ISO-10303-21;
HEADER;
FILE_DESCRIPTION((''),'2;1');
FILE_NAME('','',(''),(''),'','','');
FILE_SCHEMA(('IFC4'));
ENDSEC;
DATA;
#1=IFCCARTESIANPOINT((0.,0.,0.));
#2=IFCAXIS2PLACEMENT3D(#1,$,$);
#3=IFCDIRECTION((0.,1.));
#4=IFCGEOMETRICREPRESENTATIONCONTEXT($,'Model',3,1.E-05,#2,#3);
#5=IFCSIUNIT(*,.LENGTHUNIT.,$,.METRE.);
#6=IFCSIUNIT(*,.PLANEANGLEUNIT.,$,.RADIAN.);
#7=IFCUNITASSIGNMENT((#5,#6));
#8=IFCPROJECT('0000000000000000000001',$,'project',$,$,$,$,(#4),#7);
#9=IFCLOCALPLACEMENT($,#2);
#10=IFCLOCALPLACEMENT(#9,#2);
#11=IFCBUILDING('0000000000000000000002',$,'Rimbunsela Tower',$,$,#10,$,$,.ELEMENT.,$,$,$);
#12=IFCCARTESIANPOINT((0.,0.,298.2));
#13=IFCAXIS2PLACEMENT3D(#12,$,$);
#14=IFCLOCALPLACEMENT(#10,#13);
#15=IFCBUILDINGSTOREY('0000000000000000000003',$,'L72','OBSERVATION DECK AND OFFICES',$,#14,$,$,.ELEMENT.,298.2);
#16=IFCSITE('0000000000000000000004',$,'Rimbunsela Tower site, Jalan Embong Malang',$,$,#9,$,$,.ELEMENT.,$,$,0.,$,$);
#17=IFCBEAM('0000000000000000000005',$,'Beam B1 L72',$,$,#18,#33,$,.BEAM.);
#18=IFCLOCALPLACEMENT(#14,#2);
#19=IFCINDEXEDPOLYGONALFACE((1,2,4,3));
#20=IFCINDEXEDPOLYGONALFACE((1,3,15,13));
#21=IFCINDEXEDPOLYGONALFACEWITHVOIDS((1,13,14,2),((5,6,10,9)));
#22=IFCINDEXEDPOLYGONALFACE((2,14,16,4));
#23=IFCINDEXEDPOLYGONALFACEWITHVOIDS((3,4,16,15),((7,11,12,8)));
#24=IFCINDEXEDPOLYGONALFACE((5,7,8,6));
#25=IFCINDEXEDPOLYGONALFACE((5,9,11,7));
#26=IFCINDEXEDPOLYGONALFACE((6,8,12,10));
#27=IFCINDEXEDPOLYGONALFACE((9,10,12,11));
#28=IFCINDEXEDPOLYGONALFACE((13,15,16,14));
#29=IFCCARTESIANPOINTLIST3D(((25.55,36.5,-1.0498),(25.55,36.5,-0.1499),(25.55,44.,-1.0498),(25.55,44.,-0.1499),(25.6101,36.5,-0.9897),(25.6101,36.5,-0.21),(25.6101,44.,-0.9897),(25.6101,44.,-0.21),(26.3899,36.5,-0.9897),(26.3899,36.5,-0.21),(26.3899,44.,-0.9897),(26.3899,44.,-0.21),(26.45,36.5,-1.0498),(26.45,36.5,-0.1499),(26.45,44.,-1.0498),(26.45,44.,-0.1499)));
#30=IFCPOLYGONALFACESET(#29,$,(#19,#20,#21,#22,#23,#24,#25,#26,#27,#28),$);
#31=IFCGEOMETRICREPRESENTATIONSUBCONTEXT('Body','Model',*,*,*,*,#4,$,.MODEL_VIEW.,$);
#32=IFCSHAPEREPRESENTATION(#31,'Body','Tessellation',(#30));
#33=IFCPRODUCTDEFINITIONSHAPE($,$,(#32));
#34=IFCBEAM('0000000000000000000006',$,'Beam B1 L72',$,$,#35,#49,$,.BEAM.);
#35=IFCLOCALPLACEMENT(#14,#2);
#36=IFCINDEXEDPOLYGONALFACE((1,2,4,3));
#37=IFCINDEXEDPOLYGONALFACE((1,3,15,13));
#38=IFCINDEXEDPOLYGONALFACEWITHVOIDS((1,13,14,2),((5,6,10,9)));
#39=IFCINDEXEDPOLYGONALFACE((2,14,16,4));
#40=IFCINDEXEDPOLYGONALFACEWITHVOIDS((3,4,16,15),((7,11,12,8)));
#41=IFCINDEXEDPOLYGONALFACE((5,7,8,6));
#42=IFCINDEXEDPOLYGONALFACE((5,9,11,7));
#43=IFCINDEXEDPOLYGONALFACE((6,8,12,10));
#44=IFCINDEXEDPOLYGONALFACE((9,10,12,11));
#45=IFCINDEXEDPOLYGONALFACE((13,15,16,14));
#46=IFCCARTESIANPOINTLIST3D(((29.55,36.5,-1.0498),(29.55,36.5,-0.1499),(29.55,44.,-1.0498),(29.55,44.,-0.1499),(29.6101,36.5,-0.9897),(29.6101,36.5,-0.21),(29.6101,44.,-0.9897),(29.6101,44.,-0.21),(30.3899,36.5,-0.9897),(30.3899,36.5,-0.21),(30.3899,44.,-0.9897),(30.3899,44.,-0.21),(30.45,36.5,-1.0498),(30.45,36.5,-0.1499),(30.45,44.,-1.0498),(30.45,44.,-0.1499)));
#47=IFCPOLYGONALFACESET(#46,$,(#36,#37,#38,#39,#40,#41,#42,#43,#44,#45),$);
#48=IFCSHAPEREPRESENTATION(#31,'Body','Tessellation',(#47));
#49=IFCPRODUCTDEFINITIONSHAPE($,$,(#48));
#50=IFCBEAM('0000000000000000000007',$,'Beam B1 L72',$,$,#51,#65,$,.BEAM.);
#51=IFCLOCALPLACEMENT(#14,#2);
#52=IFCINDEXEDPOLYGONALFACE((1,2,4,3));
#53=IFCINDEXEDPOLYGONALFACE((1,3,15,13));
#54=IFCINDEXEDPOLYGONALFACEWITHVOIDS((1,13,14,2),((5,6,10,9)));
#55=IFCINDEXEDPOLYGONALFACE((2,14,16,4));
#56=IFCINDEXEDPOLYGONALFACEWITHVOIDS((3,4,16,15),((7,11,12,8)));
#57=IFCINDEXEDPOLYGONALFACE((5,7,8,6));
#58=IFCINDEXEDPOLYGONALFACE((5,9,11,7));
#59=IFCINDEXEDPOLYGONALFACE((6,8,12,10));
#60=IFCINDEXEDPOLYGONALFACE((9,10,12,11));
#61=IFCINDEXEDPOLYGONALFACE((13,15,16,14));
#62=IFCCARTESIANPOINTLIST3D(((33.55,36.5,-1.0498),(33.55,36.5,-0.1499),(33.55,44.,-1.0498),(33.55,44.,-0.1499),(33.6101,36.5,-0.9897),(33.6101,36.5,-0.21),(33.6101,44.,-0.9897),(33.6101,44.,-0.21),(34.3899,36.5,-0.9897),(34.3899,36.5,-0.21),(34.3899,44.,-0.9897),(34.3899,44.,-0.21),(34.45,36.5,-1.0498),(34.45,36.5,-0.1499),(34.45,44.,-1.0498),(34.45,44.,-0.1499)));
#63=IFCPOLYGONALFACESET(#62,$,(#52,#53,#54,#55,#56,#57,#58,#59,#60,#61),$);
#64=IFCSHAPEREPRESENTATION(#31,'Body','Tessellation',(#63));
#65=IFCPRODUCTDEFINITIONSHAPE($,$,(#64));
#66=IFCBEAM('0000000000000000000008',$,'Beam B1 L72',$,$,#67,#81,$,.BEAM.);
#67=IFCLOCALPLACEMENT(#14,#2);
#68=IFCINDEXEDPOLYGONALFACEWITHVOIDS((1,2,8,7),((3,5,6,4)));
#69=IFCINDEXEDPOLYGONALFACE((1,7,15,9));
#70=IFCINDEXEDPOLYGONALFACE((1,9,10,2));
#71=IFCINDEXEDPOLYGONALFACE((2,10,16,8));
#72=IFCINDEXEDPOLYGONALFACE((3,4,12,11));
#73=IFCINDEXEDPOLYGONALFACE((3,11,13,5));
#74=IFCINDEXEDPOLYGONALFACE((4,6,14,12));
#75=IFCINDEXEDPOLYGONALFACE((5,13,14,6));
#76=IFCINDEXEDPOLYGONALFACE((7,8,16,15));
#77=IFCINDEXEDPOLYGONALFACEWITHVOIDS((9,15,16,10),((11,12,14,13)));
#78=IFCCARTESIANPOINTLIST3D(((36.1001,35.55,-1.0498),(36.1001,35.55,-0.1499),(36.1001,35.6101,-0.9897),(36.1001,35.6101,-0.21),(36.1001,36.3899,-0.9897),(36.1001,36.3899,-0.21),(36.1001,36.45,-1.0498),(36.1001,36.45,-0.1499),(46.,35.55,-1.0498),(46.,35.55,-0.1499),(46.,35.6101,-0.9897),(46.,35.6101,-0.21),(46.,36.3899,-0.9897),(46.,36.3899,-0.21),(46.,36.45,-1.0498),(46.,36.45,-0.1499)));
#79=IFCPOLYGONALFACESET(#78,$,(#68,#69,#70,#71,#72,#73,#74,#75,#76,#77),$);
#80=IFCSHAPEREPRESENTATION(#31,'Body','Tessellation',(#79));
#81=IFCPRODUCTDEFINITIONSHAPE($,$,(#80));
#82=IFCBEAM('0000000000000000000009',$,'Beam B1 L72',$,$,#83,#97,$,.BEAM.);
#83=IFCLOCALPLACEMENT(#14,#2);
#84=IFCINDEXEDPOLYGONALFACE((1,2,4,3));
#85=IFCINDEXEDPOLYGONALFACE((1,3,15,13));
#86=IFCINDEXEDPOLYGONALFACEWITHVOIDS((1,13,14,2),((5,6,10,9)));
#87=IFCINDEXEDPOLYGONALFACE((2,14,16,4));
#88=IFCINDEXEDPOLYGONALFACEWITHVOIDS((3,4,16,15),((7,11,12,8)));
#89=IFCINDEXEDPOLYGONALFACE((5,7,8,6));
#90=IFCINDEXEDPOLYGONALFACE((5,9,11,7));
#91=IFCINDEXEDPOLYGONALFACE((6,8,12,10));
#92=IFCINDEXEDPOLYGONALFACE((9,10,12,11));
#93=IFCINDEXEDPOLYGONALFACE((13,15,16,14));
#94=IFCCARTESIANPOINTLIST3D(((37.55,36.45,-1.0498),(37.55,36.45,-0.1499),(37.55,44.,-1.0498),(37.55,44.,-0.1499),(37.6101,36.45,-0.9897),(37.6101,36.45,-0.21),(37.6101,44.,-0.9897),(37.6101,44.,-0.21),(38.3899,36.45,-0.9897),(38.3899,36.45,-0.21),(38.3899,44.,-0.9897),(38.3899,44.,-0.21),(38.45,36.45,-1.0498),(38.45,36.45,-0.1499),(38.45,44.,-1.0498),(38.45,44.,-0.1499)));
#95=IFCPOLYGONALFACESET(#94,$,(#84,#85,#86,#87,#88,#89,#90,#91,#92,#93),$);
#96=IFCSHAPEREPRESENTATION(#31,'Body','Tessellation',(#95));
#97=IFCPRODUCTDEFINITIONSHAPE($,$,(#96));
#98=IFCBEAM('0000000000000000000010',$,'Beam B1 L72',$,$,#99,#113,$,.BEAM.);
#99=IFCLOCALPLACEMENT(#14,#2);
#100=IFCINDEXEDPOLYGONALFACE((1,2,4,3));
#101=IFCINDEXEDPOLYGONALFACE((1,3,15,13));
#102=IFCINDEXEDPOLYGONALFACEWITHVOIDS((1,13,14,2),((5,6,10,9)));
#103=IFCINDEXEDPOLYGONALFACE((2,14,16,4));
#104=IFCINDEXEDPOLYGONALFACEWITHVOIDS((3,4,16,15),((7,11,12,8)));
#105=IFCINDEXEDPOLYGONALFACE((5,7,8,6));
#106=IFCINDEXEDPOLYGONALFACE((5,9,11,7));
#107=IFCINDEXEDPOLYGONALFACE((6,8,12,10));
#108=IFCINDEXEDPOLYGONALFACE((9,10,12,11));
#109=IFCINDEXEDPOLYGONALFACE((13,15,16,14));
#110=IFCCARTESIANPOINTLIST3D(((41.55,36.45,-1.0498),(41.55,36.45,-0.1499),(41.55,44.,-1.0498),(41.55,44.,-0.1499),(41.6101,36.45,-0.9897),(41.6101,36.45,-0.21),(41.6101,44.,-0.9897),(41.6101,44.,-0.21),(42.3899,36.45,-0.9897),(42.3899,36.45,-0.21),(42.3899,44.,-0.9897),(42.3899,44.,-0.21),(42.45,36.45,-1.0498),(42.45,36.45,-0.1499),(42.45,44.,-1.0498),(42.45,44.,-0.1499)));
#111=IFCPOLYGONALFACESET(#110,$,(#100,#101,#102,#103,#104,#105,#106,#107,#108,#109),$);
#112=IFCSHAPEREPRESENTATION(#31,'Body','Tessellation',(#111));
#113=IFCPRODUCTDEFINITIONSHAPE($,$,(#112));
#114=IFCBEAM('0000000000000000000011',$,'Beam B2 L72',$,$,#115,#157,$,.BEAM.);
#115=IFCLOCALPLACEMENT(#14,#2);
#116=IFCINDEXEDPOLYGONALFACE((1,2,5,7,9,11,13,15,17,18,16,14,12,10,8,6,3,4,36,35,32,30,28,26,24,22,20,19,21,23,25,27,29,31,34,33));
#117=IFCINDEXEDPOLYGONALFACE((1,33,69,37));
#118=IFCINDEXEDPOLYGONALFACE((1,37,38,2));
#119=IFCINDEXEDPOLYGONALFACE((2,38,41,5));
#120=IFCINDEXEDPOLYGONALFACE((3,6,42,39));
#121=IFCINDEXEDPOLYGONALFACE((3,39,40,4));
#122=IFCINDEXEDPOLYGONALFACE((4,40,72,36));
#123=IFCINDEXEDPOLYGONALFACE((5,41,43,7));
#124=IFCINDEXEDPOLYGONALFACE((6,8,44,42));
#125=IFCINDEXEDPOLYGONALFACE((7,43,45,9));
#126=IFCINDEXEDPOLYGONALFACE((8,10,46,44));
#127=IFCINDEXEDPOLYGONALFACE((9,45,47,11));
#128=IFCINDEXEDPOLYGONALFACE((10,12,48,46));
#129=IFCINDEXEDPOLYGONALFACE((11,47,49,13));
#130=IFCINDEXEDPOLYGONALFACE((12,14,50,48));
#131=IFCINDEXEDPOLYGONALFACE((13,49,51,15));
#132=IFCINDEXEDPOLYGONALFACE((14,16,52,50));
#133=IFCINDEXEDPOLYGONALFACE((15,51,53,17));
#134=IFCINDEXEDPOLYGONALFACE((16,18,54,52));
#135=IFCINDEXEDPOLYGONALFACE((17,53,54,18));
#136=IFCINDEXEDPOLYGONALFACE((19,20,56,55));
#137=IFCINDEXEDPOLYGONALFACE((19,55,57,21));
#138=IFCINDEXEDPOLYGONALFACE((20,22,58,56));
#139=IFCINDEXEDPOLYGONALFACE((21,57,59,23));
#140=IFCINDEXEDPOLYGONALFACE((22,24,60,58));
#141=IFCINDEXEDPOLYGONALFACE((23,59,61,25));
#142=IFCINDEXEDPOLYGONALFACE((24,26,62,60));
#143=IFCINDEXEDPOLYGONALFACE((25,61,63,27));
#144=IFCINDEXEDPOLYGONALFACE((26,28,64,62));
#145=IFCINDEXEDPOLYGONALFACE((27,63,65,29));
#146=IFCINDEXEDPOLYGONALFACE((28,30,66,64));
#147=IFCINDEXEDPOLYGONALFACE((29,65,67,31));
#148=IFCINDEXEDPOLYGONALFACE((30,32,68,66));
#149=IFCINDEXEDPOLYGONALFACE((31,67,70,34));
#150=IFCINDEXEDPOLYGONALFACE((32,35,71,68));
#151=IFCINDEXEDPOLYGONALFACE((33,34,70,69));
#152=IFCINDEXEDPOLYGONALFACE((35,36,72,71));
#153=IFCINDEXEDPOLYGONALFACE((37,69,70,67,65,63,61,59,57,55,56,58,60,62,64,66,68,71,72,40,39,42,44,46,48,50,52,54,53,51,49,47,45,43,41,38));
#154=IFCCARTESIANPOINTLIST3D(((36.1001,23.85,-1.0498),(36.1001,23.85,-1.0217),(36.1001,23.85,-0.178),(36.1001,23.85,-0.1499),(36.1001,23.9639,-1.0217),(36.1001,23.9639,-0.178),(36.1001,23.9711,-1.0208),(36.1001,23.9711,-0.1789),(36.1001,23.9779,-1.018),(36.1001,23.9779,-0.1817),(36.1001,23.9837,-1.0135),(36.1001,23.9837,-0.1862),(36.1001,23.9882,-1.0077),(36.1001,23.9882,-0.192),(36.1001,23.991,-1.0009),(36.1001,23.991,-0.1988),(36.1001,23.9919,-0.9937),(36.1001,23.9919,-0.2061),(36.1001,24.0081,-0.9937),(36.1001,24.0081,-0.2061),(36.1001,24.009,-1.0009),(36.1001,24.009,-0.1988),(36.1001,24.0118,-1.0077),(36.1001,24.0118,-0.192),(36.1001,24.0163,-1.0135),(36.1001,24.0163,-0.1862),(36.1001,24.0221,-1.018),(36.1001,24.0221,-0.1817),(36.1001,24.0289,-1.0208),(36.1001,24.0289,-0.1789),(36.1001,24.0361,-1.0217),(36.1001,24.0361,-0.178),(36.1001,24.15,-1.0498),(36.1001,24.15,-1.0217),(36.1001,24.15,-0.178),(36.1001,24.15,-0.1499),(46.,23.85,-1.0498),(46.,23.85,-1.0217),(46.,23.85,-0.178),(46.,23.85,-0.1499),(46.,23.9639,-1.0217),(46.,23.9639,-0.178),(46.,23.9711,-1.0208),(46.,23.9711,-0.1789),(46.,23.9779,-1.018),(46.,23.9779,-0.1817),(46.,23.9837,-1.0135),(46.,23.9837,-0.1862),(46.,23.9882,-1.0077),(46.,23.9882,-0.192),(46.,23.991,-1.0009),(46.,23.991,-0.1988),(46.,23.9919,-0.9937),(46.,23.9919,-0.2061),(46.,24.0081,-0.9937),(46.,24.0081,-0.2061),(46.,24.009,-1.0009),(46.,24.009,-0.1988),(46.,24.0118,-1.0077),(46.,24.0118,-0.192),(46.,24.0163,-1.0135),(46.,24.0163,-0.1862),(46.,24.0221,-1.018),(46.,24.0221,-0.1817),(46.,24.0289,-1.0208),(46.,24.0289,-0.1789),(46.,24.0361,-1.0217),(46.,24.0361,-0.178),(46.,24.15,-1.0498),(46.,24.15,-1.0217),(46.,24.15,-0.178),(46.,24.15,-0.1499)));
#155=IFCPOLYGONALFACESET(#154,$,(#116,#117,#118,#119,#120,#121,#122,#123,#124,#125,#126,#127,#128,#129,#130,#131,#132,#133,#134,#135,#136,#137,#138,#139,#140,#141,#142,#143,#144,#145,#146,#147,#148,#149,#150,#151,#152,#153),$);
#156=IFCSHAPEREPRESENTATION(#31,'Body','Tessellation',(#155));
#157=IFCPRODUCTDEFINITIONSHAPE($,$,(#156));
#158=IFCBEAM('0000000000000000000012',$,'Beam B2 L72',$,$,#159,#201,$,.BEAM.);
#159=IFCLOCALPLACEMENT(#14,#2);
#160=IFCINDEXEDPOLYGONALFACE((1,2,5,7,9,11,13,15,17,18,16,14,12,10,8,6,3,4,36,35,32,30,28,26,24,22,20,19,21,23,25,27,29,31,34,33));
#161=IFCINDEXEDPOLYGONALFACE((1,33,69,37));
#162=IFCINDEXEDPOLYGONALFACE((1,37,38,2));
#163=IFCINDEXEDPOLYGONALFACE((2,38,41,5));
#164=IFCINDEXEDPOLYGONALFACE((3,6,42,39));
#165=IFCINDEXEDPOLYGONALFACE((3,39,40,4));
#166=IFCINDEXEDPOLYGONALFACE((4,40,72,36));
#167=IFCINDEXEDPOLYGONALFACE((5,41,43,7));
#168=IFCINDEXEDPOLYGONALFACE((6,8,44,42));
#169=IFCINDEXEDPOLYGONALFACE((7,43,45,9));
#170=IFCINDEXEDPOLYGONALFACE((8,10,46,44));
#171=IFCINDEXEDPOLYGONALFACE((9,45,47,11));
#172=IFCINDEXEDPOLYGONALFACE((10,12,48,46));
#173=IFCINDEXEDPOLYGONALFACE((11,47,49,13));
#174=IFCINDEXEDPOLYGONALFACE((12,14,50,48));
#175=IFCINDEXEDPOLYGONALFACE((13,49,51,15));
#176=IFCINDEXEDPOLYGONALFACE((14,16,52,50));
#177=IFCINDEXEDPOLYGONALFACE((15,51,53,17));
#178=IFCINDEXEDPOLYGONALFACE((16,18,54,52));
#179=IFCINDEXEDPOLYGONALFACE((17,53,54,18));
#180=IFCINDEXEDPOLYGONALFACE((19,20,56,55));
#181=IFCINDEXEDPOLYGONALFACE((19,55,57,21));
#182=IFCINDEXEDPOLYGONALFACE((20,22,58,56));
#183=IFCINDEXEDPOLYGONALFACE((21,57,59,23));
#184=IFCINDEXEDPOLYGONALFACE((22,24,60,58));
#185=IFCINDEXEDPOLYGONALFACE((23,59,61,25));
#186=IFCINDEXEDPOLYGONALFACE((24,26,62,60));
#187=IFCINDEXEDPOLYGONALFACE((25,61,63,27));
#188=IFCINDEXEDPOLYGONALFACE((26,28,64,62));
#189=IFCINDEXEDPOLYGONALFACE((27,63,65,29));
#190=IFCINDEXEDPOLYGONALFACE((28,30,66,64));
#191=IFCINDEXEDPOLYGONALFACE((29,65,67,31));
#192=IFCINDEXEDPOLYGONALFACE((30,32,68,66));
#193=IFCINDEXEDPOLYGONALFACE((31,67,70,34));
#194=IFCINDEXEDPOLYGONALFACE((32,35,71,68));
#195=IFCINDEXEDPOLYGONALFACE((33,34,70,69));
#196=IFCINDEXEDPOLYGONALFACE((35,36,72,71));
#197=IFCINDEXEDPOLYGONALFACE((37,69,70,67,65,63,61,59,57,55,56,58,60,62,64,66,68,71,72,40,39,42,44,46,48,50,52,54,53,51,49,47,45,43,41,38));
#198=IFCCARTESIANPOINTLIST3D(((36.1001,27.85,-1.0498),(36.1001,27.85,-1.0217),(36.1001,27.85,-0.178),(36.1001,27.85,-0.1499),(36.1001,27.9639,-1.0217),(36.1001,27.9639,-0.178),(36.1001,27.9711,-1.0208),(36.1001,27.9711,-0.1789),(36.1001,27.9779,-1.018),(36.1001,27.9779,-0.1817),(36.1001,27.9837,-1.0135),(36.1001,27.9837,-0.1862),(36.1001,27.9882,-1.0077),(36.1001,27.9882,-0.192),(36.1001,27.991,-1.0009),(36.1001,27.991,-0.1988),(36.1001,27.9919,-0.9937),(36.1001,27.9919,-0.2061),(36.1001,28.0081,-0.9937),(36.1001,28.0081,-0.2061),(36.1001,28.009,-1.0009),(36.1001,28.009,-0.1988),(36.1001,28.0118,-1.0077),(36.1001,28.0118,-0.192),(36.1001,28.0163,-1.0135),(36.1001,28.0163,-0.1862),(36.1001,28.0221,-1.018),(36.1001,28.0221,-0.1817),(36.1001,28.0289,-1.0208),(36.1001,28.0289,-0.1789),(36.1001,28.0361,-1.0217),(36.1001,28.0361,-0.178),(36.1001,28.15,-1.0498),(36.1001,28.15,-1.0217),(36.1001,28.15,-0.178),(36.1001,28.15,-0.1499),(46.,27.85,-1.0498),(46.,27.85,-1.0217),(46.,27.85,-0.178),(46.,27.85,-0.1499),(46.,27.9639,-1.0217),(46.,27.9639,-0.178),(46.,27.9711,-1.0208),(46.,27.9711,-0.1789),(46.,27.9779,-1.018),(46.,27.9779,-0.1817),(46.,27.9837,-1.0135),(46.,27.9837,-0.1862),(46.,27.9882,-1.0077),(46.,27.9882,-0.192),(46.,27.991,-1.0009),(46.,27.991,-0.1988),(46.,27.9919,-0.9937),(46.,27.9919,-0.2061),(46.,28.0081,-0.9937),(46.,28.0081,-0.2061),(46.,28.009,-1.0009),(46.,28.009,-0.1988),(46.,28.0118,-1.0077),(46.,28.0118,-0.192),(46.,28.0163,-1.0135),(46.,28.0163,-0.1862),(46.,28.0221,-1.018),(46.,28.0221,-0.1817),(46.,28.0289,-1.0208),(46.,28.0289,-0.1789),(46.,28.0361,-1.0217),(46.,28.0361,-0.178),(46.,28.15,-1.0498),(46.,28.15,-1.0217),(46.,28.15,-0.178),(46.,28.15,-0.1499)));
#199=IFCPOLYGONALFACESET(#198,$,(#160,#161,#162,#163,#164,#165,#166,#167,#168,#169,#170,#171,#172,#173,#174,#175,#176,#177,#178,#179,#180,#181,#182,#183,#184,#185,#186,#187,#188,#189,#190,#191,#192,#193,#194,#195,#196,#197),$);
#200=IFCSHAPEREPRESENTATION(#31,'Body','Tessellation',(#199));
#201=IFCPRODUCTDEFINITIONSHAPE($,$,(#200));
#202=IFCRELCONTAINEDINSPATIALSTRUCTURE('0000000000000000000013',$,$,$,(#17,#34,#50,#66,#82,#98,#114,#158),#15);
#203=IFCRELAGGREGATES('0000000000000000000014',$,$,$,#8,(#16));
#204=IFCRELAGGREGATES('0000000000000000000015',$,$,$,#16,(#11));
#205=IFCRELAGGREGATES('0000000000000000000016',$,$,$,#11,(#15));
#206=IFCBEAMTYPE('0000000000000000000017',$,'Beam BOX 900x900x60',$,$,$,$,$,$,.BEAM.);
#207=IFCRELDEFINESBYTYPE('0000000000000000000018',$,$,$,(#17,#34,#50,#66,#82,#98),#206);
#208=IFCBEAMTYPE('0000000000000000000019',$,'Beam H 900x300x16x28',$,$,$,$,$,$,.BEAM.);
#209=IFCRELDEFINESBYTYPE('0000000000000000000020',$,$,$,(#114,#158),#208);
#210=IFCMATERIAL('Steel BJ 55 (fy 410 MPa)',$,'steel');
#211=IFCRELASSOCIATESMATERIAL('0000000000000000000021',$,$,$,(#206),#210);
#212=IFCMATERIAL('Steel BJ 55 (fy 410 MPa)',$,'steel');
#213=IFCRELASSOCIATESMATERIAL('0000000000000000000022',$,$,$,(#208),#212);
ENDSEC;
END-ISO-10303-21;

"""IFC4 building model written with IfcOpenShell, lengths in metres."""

from ifc_helpers import new_model, si_unit, direction, frame, origin, origin_2d, place, context, subcontext, project, spatial, hollow_rectangle, i_section, extrude, material, material_profile, profile_set, type_object, element, save


model = new_model("IFC4")

# Units and contexts
model_context = context("Model", 3, precision=1e-05, world=origin(), true_north=direction((0.0, 1.0)))
body_context = subcontext(model_context, "Body", "Model", "MODEL_VIEW")
ifc_project = project(units=[si_unit("LENGTHUNIT", "METRE"), si_unit("PLANEANGLEUNIT", "RADIAN")], contexts=[model_context])

# Site, building, storey
site_placement = place(None, origin())
site = spatial("IfcSite", under=ifc_project, at=site_placement, Name="Rimbunsela Tower site, Jalan Embong Malang", CompositionType="ELEMENT", RefElevation=0.0)
building_placement = place(site_placement, origin())
building = spatial("IfcBuilding", under=site, at=building_placement, Name="Rimbunsela Tower", CompositionType="ELEMENT")
storey_placement = place(building_placement, frame((0.0, 0.0, 298.2)))
storey = spatial("IfcBuildingStorey", under=building, at=storey_placement, Name="L72", Description="OBSERVATION DECK AND OFFICES", CompositionType="ELEMENT", Elevation=298.2)

# Beams
ifc_material_1 = material(Name="Steel BJ 55 (fy 410 MPa)", Category="steel")
ifc_material_profile_1 = material_profile(ifc_material_1, hollow_rectangle(XDim=0.8999, YDim=0.8999, WallThickness=0.0601, at=origin_2d()), Name="BOX 900x900x60")
ifc_profile_set_1 = profile_set([ifc_material_profile_1], Name="Steel BJ 55 (fy 410 MPa)")
beam_type_1 = type_object("IfcBeamType", Name="Beam BOX 900x900x60", PredefinedType="BEAM", material=ifc_profile_set_1)
for number, where, z_axis, x_axis, name in (
    (1, (26.0, 36.5, -0.5999), (0.0, 1.0, 0.0), (-1.0, 0.0, 0.0), "Beam B1 L72"),
    (2, (30.0, 36.5, -0.5999), (0.0, 1.0, 0.0), (-1.0, 0.0, 0.0), "Beam B1 L72"),
    (3, (34.0, 36.5, -0.5999), (0.0, 1.0, 0.0), (-1.0, 0.0, 0.0), "Beam B1 L72"),
):
    element("IfcBeam", number, at=place(storey_placement, frame(where, z_axis=z_axis, x_axis=x_axis)), inside=storey, type_object=beam_type_1, Name=name, PredefinedType="BEAM", context=body_context, shape_type="SweptSolid", body=[
        extrude(hollow_rectangle(XDim=0.8999, YDim=0.8999, WallThickness=0.0601, at=origin_2d()), origin(), (0.0, 0.0, 1.0), 7.5),
    ])
beam_placement = place(storey_placement, frame((36.1001, 36.0, -0.5999), z_axis=(1.0, 0.0, 0.0), x_axis=(0.0, 1.0, 0.0)))
element("IfcBeam", 4, at=beam_placement, inside=storey, type_object=beam_type_1, Name="Beam B1 L72", PredefinedType="BEAM", context=body_context, shape_type="SweptSolid", body=[
    extrude(hollow_rectangle(XDim=0.8999, YDim=0.8999, WallThickness=0.0601, at=origin_2d()), origin(), (0.0, 0.0, 1.0), 9.8999),
])
for number, where, z_axis, x_axis, name in (
    (5, (38.0, 36.45, -0.5999), (0.0, 1.0, 0.0), (-1.0, 0.0, 0.0), "Beam B1 L72"),
    (6, (42.0, 36.45, -0.5999), (0.0, 1.0, 0.0), (-1.0, 0.0, 0.0), "Beam B1 L72"),
):
    element("IfcBeam", number, at=place(storey_placement, frame(where, z_axis=z_axis, x_axis=x_axis)), inside=storey, type_object=beam_type_1, Name=name, PredefinedType="BEAM", context=body_context, shape_type="SweptSolid", body=[
        extrude(hollow_rectangle(XDim=0.8999, YDim=0.8999, WallThickness=0.0601, at=origin_2d()), origin(), (0.0, 0.0, 1.0), 7.55),
    ])
ifc_material_2 = material(Name="Steel BJ 55 (fy 410 MPa)", Category="steel")
ifc_material_profile_2 = material_profile(ifc_material_2, i_section(OverallWidth=0.3, OverallDepth=0.8999, WebThickness=0.0161, FlangeThickness=0.0281, FilletRadius=0.0281, at=origin_2d()), Name="H 900x300x16x28")
ifc_profile_set_2 = profile_set([ifc_material_profile_2], Name="Steel BJ 55 (fy 410 MPa)")
beam_type_2 = type_object("IfcBeamType", Name="Beam H 900x300x16x28", PredefinedType="BEAM", material=ifc_profile_set_2)
for number, where, z_axis, x_axis, name in (
    (7, (36.1001, 24.0, -0.5999), (1.0, 0.0, 0.0), (0.0, 1.0, 0.0), "Beam B2 L72"),
    (8, (36.1001, 28.0, -0.5999), (1.0, 0.0, 0.0), (0.0, 1.0, 0.0), "Beam B2 L72"),
):
    element("IfcBeam", number, at=place(storey_placement, frame(where, z_axis=z_axis, x_axis=x_axis)), inside=storey, type_object=beam_type_2, Name=name, PredefinedType="BEAM", context=body_context, shape_type="SweptSolid", body=[
        extrude(i_section(OverallWidth=0.3, OverallDepth=0.8999, WebThickness=0.0161, FlangeThickness=0.0281, FilletRadius=0.0281, at=origin_2d()), origin(), (0.0, 0.0, 1.0), 9.8999),
    ])

save(model, "model.ifc")
